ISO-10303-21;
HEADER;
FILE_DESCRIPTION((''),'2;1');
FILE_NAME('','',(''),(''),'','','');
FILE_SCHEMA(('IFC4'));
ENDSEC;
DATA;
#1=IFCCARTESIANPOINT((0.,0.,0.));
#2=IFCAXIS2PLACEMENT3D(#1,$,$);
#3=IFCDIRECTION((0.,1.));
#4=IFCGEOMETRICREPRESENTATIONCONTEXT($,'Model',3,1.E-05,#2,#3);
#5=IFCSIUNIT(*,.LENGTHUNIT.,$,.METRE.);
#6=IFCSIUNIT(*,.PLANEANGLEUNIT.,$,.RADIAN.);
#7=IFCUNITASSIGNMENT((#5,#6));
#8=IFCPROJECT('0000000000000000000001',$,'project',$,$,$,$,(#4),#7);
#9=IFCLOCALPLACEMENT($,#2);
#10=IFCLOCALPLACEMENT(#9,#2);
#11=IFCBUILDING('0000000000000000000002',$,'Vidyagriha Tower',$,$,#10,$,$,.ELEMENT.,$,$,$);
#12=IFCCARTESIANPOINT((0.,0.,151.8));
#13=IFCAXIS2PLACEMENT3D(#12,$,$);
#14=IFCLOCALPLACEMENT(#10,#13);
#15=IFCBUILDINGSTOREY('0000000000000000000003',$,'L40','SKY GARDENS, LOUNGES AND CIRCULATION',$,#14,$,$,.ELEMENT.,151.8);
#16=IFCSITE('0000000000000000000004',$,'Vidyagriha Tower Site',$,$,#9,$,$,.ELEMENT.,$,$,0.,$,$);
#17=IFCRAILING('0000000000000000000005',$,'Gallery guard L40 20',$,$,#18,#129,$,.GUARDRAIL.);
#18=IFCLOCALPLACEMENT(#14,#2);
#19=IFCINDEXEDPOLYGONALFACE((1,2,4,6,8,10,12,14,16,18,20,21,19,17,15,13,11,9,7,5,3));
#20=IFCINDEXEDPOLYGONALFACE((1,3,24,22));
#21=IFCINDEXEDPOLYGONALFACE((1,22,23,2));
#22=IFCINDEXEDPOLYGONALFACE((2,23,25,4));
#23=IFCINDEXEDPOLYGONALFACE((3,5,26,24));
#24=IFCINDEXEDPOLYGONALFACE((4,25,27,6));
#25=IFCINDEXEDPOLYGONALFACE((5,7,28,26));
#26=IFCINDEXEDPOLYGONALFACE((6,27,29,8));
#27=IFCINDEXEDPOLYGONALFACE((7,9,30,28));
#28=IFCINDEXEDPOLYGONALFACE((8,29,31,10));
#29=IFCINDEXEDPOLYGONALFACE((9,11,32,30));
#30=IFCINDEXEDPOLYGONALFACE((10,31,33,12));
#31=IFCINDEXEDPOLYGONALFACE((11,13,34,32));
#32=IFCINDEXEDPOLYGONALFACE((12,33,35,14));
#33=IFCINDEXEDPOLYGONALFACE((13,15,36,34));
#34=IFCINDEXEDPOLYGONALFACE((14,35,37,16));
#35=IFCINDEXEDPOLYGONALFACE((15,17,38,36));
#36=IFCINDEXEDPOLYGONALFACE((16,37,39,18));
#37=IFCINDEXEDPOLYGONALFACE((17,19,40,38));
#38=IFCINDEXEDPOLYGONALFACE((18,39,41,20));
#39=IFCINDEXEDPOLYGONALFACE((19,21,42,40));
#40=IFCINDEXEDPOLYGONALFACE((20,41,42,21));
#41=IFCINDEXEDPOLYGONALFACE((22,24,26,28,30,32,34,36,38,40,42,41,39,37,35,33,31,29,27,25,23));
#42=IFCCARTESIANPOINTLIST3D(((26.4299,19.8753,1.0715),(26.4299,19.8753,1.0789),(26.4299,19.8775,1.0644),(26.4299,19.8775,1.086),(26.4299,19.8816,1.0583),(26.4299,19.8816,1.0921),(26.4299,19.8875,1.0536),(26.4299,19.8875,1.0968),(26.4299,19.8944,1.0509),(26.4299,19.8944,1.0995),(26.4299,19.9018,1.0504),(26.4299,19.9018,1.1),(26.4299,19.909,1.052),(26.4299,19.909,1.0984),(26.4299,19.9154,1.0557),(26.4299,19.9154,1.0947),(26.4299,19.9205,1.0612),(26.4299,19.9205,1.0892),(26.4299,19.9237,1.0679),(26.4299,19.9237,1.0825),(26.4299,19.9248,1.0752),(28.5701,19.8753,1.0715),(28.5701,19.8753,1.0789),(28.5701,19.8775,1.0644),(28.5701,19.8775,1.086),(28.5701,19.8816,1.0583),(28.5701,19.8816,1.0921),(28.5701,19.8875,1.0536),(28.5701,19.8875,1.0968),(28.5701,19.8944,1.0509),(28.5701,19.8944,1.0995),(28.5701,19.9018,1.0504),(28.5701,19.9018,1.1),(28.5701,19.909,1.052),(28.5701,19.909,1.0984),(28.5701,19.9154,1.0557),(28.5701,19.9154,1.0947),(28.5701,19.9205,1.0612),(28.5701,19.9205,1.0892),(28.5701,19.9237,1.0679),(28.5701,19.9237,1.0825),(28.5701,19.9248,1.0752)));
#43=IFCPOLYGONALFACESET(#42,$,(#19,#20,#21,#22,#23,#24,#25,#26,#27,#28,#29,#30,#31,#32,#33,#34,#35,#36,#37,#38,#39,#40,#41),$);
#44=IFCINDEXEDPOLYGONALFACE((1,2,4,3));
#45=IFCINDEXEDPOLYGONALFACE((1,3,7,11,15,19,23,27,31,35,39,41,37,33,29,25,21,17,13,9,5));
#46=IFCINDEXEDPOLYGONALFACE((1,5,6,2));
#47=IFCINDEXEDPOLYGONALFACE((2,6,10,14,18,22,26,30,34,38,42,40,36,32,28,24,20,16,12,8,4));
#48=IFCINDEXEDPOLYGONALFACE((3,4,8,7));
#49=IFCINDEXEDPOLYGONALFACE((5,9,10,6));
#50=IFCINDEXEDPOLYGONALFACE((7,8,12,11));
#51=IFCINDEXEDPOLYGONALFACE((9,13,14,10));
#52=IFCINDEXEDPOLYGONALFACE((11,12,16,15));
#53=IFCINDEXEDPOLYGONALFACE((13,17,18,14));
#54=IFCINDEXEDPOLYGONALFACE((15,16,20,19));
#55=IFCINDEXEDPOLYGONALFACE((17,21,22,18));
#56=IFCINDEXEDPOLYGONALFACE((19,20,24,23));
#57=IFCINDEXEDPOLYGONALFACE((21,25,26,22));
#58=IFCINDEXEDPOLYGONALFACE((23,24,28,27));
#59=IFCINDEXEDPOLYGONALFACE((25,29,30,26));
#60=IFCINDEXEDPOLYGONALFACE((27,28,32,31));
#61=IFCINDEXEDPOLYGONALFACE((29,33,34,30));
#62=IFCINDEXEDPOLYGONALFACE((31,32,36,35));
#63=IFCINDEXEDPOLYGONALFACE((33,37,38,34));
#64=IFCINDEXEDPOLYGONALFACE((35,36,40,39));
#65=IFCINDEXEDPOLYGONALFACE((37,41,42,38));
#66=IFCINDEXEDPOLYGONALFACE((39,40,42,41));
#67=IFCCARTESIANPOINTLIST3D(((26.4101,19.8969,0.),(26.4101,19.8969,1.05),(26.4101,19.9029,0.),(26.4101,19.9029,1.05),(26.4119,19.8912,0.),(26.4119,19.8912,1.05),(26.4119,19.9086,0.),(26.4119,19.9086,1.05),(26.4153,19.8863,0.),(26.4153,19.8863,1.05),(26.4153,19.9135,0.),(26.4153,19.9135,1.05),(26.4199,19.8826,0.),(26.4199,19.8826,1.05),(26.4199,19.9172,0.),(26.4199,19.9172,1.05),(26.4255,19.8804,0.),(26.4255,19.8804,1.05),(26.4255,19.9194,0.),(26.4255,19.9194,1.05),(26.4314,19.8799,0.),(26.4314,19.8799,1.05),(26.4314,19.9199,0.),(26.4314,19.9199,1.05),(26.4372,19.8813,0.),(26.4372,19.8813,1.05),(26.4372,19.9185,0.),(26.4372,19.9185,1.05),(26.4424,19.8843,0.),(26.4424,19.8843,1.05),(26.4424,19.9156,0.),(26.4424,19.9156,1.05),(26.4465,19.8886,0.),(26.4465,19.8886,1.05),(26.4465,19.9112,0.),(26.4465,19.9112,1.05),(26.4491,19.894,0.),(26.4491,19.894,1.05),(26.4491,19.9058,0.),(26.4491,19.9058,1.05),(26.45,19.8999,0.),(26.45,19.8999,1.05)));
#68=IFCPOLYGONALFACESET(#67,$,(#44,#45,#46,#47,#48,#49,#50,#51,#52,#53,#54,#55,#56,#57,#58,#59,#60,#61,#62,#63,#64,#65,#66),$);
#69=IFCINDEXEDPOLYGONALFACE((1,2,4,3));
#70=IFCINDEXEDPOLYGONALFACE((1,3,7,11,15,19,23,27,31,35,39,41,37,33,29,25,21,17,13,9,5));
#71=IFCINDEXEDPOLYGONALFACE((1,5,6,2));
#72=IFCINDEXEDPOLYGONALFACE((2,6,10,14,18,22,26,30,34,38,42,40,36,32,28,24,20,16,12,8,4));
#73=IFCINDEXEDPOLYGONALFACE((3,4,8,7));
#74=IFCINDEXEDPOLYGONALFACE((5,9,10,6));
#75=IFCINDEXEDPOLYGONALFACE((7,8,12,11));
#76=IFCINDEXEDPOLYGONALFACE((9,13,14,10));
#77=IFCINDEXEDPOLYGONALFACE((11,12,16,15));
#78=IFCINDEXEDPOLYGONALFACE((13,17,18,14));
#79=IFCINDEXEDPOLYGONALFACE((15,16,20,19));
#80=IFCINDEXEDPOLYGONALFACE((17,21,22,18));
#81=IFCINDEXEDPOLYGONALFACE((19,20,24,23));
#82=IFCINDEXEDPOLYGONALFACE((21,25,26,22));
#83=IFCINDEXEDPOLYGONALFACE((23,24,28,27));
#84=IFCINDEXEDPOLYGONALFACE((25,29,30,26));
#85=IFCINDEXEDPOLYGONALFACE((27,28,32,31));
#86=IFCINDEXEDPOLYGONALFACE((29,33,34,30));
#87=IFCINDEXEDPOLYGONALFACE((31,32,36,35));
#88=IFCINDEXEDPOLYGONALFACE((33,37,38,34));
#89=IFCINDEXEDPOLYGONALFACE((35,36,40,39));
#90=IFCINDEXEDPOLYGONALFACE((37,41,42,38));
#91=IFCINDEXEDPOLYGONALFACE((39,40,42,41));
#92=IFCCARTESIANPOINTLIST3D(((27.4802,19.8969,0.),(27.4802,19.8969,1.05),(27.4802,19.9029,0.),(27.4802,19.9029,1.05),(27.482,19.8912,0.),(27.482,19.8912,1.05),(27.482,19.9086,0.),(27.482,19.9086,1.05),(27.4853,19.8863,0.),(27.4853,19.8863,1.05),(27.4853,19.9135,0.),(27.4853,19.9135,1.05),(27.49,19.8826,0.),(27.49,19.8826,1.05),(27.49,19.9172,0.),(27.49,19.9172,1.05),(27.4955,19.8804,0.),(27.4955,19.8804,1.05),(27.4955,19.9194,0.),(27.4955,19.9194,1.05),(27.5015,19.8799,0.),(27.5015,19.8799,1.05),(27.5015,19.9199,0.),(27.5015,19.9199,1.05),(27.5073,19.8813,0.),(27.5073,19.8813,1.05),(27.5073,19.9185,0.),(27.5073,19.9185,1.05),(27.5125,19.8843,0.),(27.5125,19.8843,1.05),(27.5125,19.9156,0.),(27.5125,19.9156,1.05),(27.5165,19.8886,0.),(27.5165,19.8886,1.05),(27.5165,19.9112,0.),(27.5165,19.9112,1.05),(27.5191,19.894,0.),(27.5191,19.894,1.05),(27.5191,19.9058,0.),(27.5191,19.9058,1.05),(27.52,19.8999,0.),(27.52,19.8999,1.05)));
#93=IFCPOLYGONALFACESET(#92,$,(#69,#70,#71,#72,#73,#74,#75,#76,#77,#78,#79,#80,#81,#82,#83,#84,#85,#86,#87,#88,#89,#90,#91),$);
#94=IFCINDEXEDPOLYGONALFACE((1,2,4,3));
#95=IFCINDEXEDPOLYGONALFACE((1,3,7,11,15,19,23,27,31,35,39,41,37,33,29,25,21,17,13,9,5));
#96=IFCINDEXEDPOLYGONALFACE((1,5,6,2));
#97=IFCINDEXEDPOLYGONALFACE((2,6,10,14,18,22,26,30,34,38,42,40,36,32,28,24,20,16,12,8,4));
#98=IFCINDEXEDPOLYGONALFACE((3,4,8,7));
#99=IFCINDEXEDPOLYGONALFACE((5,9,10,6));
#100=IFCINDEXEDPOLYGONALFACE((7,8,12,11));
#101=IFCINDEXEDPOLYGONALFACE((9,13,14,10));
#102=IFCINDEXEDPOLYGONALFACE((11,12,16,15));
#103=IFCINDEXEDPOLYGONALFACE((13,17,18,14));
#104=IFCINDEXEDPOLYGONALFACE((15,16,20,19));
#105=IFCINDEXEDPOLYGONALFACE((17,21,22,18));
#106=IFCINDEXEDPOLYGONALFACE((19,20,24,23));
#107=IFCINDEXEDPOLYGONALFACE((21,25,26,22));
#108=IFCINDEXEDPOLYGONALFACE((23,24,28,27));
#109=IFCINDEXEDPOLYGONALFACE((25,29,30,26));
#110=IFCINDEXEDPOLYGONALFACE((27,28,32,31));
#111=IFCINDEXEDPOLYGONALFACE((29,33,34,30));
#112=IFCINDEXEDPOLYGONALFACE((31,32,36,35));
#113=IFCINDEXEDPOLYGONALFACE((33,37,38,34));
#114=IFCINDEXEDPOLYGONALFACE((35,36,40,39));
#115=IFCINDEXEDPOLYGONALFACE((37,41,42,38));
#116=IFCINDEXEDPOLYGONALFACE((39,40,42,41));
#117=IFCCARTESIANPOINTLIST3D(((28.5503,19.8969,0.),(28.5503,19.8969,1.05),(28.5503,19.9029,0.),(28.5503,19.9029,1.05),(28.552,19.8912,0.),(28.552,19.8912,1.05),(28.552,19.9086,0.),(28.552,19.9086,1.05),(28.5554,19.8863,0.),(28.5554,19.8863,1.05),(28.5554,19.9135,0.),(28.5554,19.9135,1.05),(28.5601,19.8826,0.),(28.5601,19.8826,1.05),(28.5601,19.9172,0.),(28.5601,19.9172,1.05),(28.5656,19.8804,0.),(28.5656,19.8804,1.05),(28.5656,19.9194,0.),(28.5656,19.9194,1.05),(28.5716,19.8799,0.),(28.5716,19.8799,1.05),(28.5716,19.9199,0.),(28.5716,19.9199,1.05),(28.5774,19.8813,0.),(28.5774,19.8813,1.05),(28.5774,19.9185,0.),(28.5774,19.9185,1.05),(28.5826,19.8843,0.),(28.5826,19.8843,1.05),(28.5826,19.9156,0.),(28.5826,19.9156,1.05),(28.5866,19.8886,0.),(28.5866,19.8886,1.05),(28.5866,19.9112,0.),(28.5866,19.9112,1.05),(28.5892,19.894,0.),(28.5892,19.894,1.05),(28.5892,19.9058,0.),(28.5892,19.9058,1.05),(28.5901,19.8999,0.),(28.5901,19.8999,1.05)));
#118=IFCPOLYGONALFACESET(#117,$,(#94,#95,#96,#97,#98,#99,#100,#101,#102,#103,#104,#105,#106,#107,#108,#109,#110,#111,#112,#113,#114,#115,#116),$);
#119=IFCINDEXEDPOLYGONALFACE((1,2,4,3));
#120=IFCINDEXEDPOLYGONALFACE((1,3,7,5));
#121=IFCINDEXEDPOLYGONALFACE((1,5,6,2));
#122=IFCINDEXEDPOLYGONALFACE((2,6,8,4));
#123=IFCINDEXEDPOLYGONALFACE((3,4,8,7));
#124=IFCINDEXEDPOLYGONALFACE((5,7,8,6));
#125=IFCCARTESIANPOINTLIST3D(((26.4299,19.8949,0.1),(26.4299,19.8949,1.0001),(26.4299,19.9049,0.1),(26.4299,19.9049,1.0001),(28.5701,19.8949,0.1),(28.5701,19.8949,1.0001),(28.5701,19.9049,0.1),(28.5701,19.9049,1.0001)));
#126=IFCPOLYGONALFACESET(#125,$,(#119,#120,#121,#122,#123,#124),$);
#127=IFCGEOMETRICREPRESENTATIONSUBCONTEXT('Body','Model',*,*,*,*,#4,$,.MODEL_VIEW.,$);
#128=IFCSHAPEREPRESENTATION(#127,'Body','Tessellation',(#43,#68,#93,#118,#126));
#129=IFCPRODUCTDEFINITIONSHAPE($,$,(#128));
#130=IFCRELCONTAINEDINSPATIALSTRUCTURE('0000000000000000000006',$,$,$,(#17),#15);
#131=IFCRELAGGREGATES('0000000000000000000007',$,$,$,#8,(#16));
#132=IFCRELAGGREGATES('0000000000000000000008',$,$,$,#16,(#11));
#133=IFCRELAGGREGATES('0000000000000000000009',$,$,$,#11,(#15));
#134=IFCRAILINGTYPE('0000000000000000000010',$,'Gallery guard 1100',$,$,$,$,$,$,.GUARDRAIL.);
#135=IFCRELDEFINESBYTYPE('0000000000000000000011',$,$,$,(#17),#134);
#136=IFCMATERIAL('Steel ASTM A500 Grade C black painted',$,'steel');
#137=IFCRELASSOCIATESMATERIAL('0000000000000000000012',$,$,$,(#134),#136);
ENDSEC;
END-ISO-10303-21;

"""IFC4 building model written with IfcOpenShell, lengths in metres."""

from ifc_helpers import new_model, si_unit, direction, frame, origin, origin_2d, place, context, subcontext, project, spatial, rectangle, circle, extrude, material, type_object, element, save


model = new_model("IFC4")

# Units and contexts
model_context = context("Model", 3, precision=1e-05, world=origin(), true_north=direction((0.0, 1.0)))
body_context = subcontext(model_context, "Body", "Model", "MODEL_VIEW")
ifc_project = project(units=[si_unit("LENGTHUNIT", "METRE"), si_unit("PLANEANGLEUNIT", "RADIAN")], contexts=[model_context])

# Site, building, storey
site_placement = place(None, origin())
site = spatial("IfcSite", under=ifc_project, at=site_placement, Name="Vidyagriha Tower Site", CompositionType="ELEMENT", RefElevation=0.0)
building_placement = place(site_placement, origin())
building = spatial("IfcBuilding", under=site, at=building_placement, Name="Vidyagriha Tower", CompositionType="ELEMENT")
storey_placement = place(building_placement, frame((0.0, 0.0, 151.8)))
storey = spatial("IfcBuildingStorey", under=building, at=storey_placement, Name="L40", Description="SKY GARDENS, LOUNGES AND CIRCULATION", CompositionType="ELEMENT", Elevation=151.8)

# Railing
ifc_material_1 = material(Name="Steel ASTM A500 Grade C black painted", Category="steel")
railing_type = type_object("IfcRailingType", Name="Gallery guard 1100", PredefinedType="GUARDRAIL", material=ifc_material_1)
railing_1_placement = place(storey_placement, frame((26.4299, 19.8999, 0.0)))
element("IfcRailing", 1, at=railing_1_placement, inside=storey, type_object=railing_type, Name="Gallery guard L40 20", PredefinedType="GUARDRAIL", context=body_context, shape_type="SweptSolid", body=[
    extrude(circle(Radius=0.0249, at=origin_2d()), frame((0.0, 0.0, 1.0752), z_axis=(1.0, 0.0, 0.0), x_axis=(0.0, 1.0, 0.0)), (0.0, 0.0, 1.0), 2.1401),
    extrude(circle(Radius=0.02, at=origin_2d()), origin(), (0.0, 0.0, 1.0), 1.05),
    extrude(circle(Radius=0.02, at=origin_2d()), frame((1.0701, 0.0, 0.0)), (0.0, 0.0, 1.0), 1.05),
    extrude(circle(Radius=0.02, at=origin_2d()), frame((2.1401, 0.0, 0.0)), (0.0, 0.0, 1.0), 1.05),
    extrude(rectangle(XDim=0.01, YDim=0.9001, at=origin_2d()), frame((0.0, 0.0, 0.55), z_axis=(1.0, 0.0, 0.0), x_axis=(0.0, 1.0, 0.0)), (0.0, 0.0, 1.0), 2.1401),
])

save(model, "model.ifc")
